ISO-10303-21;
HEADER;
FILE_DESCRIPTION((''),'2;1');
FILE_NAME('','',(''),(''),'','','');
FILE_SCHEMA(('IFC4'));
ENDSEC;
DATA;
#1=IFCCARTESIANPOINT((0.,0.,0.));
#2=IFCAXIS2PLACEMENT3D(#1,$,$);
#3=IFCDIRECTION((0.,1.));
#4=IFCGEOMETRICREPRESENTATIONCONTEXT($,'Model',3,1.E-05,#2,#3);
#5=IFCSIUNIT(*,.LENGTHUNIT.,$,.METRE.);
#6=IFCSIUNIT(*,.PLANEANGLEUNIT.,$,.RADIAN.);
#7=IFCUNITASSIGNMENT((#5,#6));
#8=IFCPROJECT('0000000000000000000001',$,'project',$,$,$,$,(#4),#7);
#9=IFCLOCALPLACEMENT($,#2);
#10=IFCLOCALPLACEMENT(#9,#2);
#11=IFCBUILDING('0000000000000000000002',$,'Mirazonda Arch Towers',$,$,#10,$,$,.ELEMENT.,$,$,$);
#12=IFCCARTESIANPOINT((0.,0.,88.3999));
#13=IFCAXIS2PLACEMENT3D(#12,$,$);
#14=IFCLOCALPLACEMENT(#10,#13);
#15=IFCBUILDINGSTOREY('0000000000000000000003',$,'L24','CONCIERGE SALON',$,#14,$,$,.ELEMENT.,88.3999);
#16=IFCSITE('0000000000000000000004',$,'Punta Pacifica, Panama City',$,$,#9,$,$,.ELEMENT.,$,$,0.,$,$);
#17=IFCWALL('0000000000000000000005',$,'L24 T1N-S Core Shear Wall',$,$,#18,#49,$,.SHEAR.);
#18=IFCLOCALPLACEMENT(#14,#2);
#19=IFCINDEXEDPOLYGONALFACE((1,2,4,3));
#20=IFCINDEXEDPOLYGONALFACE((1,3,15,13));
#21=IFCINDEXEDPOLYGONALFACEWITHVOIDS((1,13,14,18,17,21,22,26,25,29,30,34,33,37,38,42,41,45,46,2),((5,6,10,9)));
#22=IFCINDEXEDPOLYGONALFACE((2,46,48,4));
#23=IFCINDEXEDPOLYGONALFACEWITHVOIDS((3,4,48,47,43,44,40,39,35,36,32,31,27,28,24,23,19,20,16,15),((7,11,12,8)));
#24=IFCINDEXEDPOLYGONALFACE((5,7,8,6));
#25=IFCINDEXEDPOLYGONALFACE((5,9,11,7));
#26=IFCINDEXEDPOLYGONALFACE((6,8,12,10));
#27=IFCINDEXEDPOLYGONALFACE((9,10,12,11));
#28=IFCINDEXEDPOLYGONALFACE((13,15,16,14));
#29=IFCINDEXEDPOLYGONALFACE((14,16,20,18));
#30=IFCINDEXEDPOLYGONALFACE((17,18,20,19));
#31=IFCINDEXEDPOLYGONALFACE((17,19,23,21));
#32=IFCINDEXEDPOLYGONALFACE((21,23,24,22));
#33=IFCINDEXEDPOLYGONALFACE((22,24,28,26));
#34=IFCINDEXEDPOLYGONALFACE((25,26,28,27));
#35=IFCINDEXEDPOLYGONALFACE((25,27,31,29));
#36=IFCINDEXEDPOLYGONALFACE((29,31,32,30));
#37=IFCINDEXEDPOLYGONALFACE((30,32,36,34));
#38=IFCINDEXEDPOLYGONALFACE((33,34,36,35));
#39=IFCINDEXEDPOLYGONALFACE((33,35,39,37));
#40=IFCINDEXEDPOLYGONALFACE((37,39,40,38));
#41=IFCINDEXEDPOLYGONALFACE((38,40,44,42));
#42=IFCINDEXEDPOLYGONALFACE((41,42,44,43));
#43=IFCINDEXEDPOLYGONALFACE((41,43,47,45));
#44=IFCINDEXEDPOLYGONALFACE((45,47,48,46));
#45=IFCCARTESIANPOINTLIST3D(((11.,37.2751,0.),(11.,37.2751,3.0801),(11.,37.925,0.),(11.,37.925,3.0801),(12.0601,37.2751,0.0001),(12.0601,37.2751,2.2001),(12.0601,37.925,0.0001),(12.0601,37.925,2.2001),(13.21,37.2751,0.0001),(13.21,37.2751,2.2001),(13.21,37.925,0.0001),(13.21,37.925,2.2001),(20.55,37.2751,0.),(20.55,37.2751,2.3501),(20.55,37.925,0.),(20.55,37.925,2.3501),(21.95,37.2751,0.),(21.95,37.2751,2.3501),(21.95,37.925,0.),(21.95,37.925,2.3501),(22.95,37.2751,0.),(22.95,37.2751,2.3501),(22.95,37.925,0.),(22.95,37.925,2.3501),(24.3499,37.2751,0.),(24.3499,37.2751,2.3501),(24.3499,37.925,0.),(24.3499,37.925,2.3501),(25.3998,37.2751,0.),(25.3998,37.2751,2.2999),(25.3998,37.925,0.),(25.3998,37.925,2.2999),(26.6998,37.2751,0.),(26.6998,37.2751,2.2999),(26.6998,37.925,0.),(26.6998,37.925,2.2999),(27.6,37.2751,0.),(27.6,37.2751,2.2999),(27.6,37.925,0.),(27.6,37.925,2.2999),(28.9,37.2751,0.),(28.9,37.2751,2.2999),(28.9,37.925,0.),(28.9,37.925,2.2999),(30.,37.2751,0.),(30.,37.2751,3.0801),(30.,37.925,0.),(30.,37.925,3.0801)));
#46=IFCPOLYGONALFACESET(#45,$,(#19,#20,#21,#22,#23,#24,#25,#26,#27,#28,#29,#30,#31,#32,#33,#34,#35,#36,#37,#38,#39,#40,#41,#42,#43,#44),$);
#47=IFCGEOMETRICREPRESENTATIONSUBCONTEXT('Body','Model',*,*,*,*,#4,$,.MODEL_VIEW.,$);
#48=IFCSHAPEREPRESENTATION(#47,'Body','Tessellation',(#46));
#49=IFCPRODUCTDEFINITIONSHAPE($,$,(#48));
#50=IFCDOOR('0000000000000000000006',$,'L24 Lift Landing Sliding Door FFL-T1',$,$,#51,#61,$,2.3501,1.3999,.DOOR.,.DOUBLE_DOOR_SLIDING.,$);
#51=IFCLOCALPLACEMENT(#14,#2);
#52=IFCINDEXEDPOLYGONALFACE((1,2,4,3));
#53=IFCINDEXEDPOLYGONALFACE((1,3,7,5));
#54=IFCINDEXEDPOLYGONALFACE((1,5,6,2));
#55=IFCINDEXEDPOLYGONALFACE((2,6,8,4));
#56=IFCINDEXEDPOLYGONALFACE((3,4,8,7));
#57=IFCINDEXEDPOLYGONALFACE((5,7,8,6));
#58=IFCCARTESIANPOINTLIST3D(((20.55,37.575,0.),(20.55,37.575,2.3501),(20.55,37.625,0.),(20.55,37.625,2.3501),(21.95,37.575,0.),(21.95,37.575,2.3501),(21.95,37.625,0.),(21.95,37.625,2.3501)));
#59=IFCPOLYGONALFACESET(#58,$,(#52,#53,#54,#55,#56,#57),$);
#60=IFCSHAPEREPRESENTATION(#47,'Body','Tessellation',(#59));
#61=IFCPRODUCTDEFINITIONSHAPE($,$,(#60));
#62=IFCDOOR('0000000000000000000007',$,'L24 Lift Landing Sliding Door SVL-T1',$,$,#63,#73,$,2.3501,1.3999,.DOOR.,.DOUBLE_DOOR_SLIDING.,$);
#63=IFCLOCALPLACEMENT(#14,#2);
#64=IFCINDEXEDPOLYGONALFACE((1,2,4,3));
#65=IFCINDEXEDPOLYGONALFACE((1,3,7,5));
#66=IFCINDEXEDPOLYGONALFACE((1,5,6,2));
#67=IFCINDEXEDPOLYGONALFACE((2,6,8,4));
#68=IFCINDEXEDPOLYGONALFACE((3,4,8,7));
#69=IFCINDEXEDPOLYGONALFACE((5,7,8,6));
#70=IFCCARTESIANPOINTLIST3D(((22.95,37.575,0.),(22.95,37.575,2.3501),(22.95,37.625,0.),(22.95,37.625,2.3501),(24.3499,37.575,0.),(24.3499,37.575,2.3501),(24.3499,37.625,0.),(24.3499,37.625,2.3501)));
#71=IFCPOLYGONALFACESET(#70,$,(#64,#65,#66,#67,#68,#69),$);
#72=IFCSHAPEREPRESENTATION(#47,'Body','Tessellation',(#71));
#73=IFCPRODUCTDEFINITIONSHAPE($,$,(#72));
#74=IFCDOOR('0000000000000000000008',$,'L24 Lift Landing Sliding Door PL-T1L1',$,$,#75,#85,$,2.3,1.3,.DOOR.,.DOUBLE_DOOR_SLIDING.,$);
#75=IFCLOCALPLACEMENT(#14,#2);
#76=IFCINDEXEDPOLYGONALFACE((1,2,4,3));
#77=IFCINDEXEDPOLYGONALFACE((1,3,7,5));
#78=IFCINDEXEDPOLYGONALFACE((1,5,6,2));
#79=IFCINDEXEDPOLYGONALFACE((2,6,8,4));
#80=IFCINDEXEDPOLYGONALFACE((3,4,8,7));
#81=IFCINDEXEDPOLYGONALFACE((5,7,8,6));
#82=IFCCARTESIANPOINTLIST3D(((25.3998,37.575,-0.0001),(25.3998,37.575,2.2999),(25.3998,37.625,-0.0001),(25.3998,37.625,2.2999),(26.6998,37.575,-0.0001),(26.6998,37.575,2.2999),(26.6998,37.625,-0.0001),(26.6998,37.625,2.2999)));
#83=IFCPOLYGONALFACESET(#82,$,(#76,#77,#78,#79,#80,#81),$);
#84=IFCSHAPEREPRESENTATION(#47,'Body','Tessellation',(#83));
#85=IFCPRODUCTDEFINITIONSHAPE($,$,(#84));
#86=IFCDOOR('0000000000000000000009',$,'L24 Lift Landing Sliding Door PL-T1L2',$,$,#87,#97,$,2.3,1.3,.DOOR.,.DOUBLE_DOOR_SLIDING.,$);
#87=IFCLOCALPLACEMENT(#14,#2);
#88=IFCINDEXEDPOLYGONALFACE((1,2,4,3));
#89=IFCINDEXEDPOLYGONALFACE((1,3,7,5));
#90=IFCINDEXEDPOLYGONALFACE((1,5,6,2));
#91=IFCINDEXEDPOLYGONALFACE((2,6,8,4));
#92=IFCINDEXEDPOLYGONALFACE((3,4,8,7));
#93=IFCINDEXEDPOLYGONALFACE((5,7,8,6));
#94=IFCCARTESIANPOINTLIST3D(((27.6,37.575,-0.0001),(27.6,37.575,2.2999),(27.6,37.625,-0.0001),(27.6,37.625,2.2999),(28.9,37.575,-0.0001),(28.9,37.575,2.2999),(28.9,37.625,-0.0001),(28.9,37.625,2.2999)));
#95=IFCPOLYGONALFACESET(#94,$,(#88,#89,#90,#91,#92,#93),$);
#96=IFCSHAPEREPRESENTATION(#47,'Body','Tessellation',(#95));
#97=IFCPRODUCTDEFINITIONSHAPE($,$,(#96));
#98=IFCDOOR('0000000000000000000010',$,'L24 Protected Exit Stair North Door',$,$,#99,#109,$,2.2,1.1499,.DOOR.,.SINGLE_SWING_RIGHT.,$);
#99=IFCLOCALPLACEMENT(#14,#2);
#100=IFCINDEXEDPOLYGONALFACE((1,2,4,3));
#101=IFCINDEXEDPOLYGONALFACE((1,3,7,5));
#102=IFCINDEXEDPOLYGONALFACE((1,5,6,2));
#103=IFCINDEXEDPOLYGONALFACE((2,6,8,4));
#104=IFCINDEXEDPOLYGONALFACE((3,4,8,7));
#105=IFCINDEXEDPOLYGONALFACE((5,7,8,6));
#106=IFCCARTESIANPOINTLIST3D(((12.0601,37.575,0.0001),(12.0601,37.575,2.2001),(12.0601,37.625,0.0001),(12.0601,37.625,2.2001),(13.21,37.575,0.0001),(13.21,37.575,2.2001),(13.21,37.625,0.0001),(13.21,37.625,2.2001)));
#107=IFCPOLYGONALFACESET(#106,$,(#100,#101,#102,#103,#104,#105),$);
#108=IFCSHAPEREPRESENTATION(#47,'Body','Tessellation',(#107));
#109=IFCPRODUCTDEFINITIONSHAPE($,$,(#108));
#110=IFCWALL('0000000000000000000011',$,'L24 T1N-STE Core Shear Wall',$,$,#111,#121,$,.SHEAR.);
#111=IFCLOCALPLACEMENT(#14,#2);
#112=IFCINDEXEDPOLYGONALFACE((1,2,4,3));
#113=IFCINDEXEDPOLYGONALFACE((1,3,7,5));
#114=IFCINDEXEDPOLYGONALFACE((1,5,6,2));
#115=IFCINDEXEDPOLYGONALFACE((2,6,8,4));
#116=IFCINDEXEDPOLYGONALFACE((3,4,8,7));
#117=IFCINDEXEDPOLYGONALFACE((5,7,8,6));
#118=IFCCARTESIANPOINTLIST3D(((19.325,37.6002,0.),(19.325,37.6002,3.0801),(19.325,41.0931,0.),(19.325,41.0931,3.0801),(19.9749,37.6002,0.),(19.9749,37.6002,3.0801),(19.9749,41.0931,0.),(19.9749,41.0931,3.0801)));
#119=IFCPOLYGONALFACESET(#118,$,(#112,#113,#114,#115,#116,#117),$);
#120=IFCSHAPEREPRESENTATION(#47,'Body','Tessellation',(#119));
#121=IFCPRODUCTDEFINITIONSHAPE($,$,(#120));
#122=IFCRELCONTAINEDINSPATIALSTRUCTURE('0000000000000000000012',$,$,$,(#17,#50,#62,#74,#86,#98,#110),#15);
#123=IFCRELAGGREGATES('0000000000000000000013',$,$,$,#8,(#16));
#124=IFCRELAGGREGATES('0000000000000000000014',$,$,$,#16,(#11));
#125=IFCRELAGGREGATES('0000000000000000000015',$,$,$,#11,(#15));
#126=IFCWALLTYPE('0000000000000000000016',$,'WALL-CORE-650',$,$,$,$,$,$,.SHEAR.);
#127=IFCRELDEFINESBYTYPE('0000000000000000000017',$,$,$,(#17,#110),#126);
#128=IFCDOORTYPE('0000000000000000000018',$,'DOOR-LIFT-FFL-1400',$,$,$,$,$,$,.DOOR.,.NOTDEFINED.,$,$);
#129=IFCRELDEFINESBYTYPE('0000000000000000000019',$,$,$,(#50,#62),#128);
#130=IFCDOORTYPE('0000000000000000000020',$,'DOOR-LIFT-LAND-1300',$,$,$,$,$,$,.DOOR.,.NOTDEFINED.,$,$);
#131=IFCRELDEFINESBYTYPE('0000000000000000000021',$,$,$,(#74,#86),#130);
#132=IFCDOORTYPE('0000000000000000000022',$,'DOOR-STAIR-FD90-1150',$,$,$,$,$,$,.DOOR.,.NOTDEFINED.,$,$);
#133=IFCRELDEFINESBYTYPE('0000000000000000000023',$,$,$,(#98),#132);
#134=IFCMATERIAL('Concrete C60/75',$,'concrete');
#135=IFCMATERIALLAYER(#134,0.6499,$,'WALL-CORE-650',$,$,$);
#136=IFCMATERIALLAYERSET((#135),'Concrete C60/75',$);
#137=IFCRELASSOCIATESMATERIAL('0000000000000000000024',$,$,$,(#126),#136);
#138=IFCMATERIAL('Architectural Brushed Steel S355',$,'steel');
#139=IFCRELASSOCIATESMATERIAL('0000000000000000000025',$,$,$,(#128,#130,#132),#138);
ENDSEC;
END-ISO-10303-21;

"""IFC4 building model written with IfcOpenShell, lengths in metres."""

from ifc_helpers import new_model, si_unit, direction, frame, frame_2d, origin, place, context, subcontext, project, spatial, rectangle, extrude, material, layer, layer_set, type_object, element, fill, save


model = new_model("IFC4")

# Units and contexts
model_context = context("Model", 3, precision=1e-05, world=origin(), true_north=direction((0.0, 1.0)))
body_context = subcontext(model_context, "Body", "Model", "MODEL_VIEW")
ifc_project = project(units=[si_unit("LENGTHUNIT", "METRE"), si_unit("PLANEANGLEUNIT", "RADIAN")], contexts=[model_context])

# Site, building, storey
site_placement = place(None, origin())
site = spatial("IfcSite", under=ifc_project, at=site_placement, Name="Punta Pacifica, Panama City", CompositionType="ELEMENT", RefElevation=0.0)
building_placement = place(site_placement, origin())
building = spatial("IfcBuilding", under=site, at=building_placement, Name="Mirazonda Arch Towers", CompositionType="ELEMENT")
storey_placement = place(building_placement, frame((0.0, 0.0, 88.3999)))
storey = spatial("IfcBuildingStorey", under=building, at=storey_placement, Name="L24", Description="CONCIERGE SALON", CompositionType="ELEMENT", Elevation=88.3999)

# Wall, openings, doors
ifc_material_1 = material(Name="Concrete C60/75", Category="concrete")
ifc_layer_1 = layer(ifc_material_1, 0.6499, Name="WALL-CORE-650")
ifc_layer_set_1 = layer_set([ifc_layer_1], Name="Concrete C60/75")
wall_type_1 = type_object("IfcWallType", Name="WALL-CORE-650", PredefinedType="SHEAR", material=ifc_layer_set_1)
wall_1_placement = place(storey_placement, frame((11.0, 37.6001, 0.0), z_axis=(0.0, 0.0, 1.0), x_axis=(1.0, 0.0, 0.0)))
wall_1 = element("IfcWall", 1, at=wall_1_placement, inside=storey, type_object=wall_type_1, Name="L24 T1N-S Core Shear Wall", PredefinedType="SHEAR", context=body_context, shape_type="SweptSolid", body=[
    extrude(rectangle(XDim=19.0, YDim=0.6499, at=frame_2d((9.5, 0.0))), origin(), (0.0, 0.0, 1.0), 3.0801),
])
opening_1_placement = place(wall_1_placement, frame((1.0601, 0.0, 0.0)))
opening_1 = element("IfcOpeningElement", 2, at=opening_1_placement, cuts=wall_1, PredefinedType="OPENING", context=body_context, shape_type="SweptSolid", body=[
    extrude(rectangle(XDim=1.1499, YDim=2.2, at=frame_2d((0.575, 1.1001))), frame((0.0, 0.335, 0.0), z_axis=(0.0, -1.0, 0.0), x_axis=(1.0, 0.0, 0.0)), (0.0, 0.0, 1.0), 0.6699),
])
opening_2_placement = place(wall_1_placement, frame((9.55, 0.0, 0.0)))
opening_2 = element("IfcOpeningElement", 3, at=opening_2_placement, cuts=wall_1, PredefinedType="OPENING", context=body_context, shape_type="SweptSolid", body=[
    extrude(rectangle(XDim=1.3999, YDim=2.3501, at=frame_2d((0.7, 1.175))), frame((0.0, 0.335, 0.0), z_axis=(0.0, -1.0, 0.0), x_axis=(1.0, 0.0, 0.0)), (0.0, 0.0, 1.0), 0.6699),
])
opening_3_placement = place(wall_1_placement, frame((11.95, 0.0, 0.0)))
opening_3 = element("IfcOpeningElement", 4, at=opening_3_placement, cuts=wall_1, PredefinedType="OPENING", context=body_context, shape_type="SweptSolid", body=[
    extrude(rectangle(XDim=1.3999, YDim=2.3501, at=frame_2d((0.7, 1.175))), frame((0.0, 0.335, 0.0), z_axis=(0.0, -1.0, 0.0), x_axis=(1.0, 0.0, 0.0)), (0.0, 0.0, 1.0), 0.6699),
])
opening_4_placement = place(wall_1_placement, frame((14.3999, 0.0, 0.0)))
opening_4 = element("IfcOpeningElement", 5, at=opening_4_placement, cuts=wall_1, PredefinedType="OPENING", context=body_context, shape_type="SweptSolid", body=[
    extrude(rectangle(XDim=1.3, YDim=2.3, at=frame_2d((0.6499, 1.1499))), frame((0.0, 0.335, 0.0), z_axis=(0.0, -1.0, 0.0), x_axis=(1.0, 0.0, 0.0)), (0.0, 0.0, 1.0), 0.6699),
])
opening_5_placement = place(wall_1_placement, frame((16.6001, 0.0, 0.0)))
opening_5 = element("IfcOpeningElement", 6, at=opening_5_placement, cuts=wall_1, PredefinedType="OPENING", context=body_context, shape_type="SweptSolid", body=[
    extrude(rectangle(XDim=1.3, YDim=2.3, at=frame_2d((0.6499, 1.1499))), frame((0.0, 0.335, 0.0), z_axis=(0.0, -1.0, 0.0), x_axis=(1.0, 0.0, 0.0)), (0.0, 0.0, 1.0), 0.6699),
])
ifc_material_2 = material(Name="Architectural Brushed Steel S355", Category="steel")
door_type_1 = type_object("IfcDoorType", Name="DOOR-LIFT-FFL-1400", OperationType="NOTDEFINED", PredefinedType="DOOR", material=ifc_material_2)
door_1_placement = place(opening_2_placement, origin())
door_1 = element("IfcDoor", 7, at=door_1_placement, inside=storey, type_object=door_type_1, Name="L24 Lift Landing Sliding Door FFL-T1", OperationType="DOUBLE_DOOR_SLIDING", OverallHeight=2.3501, OverallWidth=1.3999, PredefinedType="DOOR", context=body_context, shape_type="SweptSolid", body=[
    extrude(rectangle(XDim=1.3999, YDim=2.3501, at=frame_2d((0.7, 1.175))), frame((0.0, 0.0249, 0.0), z_axis=(0.0, -1.0, 0.0), x_axis=(1.0, 0.0, 0.0)), (0.0, 0.0, 1.0), 0.05),
])
fill(opening_2, door_1)
door_2_placement = place(opening_3_placement, origin())
door_2 = element("IfcDoor", 8, at=door_2_placement, inside=storey, type_object=door_type_1, Name="L24 Lift Landing Sliding Door SVL-T1", OperationType="DOUBLE_DOOR_SLIDING", OverallHeight=2.3501, OverallWidth=1.3999, PredefinedType="DOOR", context=body_context, shape_type="SweptSolid", body=[
    extrude(rectangle(XDim=1.3999, YDim=2.3501, at=frame_2d((0.7, 1.175))), frame((0.0, 0.0249, 0.0), z_axis=(0.0, -1.0, 0.0), x_axis=(1.0, 0.0, 0.0)), (0.0, 0.0, 1.0), 0.05),
])
fill(opening_3, door_2)
door_type_2 = type_object("IfcDoorType", Name="DOOR-LIFT-LAND-1300", OperationType="NOTDEFINED", PredefinedType="DOOR", material=ifc_material_2)
door_3_placement = place(opening_4_placement, origin())
door_3 = element("IfcDoor", 9, at=door_3_placement, inside=storey, type_object=door_type_2, Name="L24 Lift Landing Sliding Door PL-T1L1", OperationType="DOUBLE_DOOR_SLIDING", OverallHeight=2.3, OverallWidth=1.3, PredefinedType="DOOR", context=body_context, shape_type="SweptSolid", body=[
    extrude(rectangle(XDim=1.3, YDim=2.3, at=frame_2d((0.6499, 1.1499))), frame((0.0, 0.0249, 0.0), z_axis=(0.0, -1.0, 0.0), x_axis=(1.0, 0.0, 0.0)), (0.0, 0.0, 1.0), 0.05),
])
fill(opening_4, door_3)
door_4_placement = place(opening_5_placement, origin())
door_4 = element("IfcDoor", 10, at=door_4_placement, inside=storey, type_object=door_type_2, Name="L24 Lift Landing Sliding Door PL-T1L2", OperationType="DOUBLE_DOOR_SLIDING", OverallHeight=2.3, OverallWidth=1.3, PredefinedType="DOOR", context=body_context, shape_type="SweptSolid", body=[
    extrude(rectangle(XDim=1.3, YDim=2.3, at=frame_2d((0.6499, 1.1499))), frame((0.0, 0.0249, 0.0), z_axis=(0.0, -1.0, 0.0), x_axis=(1.0, 0.0, 0.0)), (0.0, 0.0, 1.0), 0.05),
])
fill(opening_5, door_4)
door_type_3 = type_object("IfcDoorType", Name="DOOR-STAIR-FD90-1150", OperationType="NOTDEFINED", PredefinedType="DOOR", material=ifc_material_2)
door_5_placement = place(opening_1_placement, origin())
door_5 = element("IfcDoor", 11, at=door_5_placement, inside=storey, type_object=door_type_3, Name="L24 Protected Exit Stair North Door", OperationType="SINGLE_SWING_RIGHT", OverallHeight=2.2, OverallWidth=1.1499, PredefinedType="DOOR", context=body_context, shape_type="SweptSolid", body=[
    extrude(rectangle(XDim=1.1499, YDim=2.2, at=frame_2d((0.575, 1.1001))), frame((0.0, 0.0249, 0.0), z_axis=(0.0, -1.0, 0.0), x_axis=(1.0, 0.0, 0.0)), (0.0, 0.0, 1.0), 0.05),
])
fill(opening_1, door_5)

# Wall
wall_2_placement = place(storey_placement, frame((19.6499, 37.6001, 0.0), z_axis=(0.0, 0.0, 1.0), x_axis=(0.0, 1.0, 0.0)))
element("IfcWall", 12, at=wall_2_placement, inside=storey, type_object=wall_type_1, Name="L24 T1N-STE Core Shear Wall", PredefinedType="SHEAR", context=body_context, shape_type="SweptSolid", body=[
    extrude(rectangle(XDim=3.4929, YDim=0.6499, at=frame_2d((1.7466, 0.0))), origin(), (0.0, 0.0, 1.0), 3.0801),
])

save(model, "model.ifc")
